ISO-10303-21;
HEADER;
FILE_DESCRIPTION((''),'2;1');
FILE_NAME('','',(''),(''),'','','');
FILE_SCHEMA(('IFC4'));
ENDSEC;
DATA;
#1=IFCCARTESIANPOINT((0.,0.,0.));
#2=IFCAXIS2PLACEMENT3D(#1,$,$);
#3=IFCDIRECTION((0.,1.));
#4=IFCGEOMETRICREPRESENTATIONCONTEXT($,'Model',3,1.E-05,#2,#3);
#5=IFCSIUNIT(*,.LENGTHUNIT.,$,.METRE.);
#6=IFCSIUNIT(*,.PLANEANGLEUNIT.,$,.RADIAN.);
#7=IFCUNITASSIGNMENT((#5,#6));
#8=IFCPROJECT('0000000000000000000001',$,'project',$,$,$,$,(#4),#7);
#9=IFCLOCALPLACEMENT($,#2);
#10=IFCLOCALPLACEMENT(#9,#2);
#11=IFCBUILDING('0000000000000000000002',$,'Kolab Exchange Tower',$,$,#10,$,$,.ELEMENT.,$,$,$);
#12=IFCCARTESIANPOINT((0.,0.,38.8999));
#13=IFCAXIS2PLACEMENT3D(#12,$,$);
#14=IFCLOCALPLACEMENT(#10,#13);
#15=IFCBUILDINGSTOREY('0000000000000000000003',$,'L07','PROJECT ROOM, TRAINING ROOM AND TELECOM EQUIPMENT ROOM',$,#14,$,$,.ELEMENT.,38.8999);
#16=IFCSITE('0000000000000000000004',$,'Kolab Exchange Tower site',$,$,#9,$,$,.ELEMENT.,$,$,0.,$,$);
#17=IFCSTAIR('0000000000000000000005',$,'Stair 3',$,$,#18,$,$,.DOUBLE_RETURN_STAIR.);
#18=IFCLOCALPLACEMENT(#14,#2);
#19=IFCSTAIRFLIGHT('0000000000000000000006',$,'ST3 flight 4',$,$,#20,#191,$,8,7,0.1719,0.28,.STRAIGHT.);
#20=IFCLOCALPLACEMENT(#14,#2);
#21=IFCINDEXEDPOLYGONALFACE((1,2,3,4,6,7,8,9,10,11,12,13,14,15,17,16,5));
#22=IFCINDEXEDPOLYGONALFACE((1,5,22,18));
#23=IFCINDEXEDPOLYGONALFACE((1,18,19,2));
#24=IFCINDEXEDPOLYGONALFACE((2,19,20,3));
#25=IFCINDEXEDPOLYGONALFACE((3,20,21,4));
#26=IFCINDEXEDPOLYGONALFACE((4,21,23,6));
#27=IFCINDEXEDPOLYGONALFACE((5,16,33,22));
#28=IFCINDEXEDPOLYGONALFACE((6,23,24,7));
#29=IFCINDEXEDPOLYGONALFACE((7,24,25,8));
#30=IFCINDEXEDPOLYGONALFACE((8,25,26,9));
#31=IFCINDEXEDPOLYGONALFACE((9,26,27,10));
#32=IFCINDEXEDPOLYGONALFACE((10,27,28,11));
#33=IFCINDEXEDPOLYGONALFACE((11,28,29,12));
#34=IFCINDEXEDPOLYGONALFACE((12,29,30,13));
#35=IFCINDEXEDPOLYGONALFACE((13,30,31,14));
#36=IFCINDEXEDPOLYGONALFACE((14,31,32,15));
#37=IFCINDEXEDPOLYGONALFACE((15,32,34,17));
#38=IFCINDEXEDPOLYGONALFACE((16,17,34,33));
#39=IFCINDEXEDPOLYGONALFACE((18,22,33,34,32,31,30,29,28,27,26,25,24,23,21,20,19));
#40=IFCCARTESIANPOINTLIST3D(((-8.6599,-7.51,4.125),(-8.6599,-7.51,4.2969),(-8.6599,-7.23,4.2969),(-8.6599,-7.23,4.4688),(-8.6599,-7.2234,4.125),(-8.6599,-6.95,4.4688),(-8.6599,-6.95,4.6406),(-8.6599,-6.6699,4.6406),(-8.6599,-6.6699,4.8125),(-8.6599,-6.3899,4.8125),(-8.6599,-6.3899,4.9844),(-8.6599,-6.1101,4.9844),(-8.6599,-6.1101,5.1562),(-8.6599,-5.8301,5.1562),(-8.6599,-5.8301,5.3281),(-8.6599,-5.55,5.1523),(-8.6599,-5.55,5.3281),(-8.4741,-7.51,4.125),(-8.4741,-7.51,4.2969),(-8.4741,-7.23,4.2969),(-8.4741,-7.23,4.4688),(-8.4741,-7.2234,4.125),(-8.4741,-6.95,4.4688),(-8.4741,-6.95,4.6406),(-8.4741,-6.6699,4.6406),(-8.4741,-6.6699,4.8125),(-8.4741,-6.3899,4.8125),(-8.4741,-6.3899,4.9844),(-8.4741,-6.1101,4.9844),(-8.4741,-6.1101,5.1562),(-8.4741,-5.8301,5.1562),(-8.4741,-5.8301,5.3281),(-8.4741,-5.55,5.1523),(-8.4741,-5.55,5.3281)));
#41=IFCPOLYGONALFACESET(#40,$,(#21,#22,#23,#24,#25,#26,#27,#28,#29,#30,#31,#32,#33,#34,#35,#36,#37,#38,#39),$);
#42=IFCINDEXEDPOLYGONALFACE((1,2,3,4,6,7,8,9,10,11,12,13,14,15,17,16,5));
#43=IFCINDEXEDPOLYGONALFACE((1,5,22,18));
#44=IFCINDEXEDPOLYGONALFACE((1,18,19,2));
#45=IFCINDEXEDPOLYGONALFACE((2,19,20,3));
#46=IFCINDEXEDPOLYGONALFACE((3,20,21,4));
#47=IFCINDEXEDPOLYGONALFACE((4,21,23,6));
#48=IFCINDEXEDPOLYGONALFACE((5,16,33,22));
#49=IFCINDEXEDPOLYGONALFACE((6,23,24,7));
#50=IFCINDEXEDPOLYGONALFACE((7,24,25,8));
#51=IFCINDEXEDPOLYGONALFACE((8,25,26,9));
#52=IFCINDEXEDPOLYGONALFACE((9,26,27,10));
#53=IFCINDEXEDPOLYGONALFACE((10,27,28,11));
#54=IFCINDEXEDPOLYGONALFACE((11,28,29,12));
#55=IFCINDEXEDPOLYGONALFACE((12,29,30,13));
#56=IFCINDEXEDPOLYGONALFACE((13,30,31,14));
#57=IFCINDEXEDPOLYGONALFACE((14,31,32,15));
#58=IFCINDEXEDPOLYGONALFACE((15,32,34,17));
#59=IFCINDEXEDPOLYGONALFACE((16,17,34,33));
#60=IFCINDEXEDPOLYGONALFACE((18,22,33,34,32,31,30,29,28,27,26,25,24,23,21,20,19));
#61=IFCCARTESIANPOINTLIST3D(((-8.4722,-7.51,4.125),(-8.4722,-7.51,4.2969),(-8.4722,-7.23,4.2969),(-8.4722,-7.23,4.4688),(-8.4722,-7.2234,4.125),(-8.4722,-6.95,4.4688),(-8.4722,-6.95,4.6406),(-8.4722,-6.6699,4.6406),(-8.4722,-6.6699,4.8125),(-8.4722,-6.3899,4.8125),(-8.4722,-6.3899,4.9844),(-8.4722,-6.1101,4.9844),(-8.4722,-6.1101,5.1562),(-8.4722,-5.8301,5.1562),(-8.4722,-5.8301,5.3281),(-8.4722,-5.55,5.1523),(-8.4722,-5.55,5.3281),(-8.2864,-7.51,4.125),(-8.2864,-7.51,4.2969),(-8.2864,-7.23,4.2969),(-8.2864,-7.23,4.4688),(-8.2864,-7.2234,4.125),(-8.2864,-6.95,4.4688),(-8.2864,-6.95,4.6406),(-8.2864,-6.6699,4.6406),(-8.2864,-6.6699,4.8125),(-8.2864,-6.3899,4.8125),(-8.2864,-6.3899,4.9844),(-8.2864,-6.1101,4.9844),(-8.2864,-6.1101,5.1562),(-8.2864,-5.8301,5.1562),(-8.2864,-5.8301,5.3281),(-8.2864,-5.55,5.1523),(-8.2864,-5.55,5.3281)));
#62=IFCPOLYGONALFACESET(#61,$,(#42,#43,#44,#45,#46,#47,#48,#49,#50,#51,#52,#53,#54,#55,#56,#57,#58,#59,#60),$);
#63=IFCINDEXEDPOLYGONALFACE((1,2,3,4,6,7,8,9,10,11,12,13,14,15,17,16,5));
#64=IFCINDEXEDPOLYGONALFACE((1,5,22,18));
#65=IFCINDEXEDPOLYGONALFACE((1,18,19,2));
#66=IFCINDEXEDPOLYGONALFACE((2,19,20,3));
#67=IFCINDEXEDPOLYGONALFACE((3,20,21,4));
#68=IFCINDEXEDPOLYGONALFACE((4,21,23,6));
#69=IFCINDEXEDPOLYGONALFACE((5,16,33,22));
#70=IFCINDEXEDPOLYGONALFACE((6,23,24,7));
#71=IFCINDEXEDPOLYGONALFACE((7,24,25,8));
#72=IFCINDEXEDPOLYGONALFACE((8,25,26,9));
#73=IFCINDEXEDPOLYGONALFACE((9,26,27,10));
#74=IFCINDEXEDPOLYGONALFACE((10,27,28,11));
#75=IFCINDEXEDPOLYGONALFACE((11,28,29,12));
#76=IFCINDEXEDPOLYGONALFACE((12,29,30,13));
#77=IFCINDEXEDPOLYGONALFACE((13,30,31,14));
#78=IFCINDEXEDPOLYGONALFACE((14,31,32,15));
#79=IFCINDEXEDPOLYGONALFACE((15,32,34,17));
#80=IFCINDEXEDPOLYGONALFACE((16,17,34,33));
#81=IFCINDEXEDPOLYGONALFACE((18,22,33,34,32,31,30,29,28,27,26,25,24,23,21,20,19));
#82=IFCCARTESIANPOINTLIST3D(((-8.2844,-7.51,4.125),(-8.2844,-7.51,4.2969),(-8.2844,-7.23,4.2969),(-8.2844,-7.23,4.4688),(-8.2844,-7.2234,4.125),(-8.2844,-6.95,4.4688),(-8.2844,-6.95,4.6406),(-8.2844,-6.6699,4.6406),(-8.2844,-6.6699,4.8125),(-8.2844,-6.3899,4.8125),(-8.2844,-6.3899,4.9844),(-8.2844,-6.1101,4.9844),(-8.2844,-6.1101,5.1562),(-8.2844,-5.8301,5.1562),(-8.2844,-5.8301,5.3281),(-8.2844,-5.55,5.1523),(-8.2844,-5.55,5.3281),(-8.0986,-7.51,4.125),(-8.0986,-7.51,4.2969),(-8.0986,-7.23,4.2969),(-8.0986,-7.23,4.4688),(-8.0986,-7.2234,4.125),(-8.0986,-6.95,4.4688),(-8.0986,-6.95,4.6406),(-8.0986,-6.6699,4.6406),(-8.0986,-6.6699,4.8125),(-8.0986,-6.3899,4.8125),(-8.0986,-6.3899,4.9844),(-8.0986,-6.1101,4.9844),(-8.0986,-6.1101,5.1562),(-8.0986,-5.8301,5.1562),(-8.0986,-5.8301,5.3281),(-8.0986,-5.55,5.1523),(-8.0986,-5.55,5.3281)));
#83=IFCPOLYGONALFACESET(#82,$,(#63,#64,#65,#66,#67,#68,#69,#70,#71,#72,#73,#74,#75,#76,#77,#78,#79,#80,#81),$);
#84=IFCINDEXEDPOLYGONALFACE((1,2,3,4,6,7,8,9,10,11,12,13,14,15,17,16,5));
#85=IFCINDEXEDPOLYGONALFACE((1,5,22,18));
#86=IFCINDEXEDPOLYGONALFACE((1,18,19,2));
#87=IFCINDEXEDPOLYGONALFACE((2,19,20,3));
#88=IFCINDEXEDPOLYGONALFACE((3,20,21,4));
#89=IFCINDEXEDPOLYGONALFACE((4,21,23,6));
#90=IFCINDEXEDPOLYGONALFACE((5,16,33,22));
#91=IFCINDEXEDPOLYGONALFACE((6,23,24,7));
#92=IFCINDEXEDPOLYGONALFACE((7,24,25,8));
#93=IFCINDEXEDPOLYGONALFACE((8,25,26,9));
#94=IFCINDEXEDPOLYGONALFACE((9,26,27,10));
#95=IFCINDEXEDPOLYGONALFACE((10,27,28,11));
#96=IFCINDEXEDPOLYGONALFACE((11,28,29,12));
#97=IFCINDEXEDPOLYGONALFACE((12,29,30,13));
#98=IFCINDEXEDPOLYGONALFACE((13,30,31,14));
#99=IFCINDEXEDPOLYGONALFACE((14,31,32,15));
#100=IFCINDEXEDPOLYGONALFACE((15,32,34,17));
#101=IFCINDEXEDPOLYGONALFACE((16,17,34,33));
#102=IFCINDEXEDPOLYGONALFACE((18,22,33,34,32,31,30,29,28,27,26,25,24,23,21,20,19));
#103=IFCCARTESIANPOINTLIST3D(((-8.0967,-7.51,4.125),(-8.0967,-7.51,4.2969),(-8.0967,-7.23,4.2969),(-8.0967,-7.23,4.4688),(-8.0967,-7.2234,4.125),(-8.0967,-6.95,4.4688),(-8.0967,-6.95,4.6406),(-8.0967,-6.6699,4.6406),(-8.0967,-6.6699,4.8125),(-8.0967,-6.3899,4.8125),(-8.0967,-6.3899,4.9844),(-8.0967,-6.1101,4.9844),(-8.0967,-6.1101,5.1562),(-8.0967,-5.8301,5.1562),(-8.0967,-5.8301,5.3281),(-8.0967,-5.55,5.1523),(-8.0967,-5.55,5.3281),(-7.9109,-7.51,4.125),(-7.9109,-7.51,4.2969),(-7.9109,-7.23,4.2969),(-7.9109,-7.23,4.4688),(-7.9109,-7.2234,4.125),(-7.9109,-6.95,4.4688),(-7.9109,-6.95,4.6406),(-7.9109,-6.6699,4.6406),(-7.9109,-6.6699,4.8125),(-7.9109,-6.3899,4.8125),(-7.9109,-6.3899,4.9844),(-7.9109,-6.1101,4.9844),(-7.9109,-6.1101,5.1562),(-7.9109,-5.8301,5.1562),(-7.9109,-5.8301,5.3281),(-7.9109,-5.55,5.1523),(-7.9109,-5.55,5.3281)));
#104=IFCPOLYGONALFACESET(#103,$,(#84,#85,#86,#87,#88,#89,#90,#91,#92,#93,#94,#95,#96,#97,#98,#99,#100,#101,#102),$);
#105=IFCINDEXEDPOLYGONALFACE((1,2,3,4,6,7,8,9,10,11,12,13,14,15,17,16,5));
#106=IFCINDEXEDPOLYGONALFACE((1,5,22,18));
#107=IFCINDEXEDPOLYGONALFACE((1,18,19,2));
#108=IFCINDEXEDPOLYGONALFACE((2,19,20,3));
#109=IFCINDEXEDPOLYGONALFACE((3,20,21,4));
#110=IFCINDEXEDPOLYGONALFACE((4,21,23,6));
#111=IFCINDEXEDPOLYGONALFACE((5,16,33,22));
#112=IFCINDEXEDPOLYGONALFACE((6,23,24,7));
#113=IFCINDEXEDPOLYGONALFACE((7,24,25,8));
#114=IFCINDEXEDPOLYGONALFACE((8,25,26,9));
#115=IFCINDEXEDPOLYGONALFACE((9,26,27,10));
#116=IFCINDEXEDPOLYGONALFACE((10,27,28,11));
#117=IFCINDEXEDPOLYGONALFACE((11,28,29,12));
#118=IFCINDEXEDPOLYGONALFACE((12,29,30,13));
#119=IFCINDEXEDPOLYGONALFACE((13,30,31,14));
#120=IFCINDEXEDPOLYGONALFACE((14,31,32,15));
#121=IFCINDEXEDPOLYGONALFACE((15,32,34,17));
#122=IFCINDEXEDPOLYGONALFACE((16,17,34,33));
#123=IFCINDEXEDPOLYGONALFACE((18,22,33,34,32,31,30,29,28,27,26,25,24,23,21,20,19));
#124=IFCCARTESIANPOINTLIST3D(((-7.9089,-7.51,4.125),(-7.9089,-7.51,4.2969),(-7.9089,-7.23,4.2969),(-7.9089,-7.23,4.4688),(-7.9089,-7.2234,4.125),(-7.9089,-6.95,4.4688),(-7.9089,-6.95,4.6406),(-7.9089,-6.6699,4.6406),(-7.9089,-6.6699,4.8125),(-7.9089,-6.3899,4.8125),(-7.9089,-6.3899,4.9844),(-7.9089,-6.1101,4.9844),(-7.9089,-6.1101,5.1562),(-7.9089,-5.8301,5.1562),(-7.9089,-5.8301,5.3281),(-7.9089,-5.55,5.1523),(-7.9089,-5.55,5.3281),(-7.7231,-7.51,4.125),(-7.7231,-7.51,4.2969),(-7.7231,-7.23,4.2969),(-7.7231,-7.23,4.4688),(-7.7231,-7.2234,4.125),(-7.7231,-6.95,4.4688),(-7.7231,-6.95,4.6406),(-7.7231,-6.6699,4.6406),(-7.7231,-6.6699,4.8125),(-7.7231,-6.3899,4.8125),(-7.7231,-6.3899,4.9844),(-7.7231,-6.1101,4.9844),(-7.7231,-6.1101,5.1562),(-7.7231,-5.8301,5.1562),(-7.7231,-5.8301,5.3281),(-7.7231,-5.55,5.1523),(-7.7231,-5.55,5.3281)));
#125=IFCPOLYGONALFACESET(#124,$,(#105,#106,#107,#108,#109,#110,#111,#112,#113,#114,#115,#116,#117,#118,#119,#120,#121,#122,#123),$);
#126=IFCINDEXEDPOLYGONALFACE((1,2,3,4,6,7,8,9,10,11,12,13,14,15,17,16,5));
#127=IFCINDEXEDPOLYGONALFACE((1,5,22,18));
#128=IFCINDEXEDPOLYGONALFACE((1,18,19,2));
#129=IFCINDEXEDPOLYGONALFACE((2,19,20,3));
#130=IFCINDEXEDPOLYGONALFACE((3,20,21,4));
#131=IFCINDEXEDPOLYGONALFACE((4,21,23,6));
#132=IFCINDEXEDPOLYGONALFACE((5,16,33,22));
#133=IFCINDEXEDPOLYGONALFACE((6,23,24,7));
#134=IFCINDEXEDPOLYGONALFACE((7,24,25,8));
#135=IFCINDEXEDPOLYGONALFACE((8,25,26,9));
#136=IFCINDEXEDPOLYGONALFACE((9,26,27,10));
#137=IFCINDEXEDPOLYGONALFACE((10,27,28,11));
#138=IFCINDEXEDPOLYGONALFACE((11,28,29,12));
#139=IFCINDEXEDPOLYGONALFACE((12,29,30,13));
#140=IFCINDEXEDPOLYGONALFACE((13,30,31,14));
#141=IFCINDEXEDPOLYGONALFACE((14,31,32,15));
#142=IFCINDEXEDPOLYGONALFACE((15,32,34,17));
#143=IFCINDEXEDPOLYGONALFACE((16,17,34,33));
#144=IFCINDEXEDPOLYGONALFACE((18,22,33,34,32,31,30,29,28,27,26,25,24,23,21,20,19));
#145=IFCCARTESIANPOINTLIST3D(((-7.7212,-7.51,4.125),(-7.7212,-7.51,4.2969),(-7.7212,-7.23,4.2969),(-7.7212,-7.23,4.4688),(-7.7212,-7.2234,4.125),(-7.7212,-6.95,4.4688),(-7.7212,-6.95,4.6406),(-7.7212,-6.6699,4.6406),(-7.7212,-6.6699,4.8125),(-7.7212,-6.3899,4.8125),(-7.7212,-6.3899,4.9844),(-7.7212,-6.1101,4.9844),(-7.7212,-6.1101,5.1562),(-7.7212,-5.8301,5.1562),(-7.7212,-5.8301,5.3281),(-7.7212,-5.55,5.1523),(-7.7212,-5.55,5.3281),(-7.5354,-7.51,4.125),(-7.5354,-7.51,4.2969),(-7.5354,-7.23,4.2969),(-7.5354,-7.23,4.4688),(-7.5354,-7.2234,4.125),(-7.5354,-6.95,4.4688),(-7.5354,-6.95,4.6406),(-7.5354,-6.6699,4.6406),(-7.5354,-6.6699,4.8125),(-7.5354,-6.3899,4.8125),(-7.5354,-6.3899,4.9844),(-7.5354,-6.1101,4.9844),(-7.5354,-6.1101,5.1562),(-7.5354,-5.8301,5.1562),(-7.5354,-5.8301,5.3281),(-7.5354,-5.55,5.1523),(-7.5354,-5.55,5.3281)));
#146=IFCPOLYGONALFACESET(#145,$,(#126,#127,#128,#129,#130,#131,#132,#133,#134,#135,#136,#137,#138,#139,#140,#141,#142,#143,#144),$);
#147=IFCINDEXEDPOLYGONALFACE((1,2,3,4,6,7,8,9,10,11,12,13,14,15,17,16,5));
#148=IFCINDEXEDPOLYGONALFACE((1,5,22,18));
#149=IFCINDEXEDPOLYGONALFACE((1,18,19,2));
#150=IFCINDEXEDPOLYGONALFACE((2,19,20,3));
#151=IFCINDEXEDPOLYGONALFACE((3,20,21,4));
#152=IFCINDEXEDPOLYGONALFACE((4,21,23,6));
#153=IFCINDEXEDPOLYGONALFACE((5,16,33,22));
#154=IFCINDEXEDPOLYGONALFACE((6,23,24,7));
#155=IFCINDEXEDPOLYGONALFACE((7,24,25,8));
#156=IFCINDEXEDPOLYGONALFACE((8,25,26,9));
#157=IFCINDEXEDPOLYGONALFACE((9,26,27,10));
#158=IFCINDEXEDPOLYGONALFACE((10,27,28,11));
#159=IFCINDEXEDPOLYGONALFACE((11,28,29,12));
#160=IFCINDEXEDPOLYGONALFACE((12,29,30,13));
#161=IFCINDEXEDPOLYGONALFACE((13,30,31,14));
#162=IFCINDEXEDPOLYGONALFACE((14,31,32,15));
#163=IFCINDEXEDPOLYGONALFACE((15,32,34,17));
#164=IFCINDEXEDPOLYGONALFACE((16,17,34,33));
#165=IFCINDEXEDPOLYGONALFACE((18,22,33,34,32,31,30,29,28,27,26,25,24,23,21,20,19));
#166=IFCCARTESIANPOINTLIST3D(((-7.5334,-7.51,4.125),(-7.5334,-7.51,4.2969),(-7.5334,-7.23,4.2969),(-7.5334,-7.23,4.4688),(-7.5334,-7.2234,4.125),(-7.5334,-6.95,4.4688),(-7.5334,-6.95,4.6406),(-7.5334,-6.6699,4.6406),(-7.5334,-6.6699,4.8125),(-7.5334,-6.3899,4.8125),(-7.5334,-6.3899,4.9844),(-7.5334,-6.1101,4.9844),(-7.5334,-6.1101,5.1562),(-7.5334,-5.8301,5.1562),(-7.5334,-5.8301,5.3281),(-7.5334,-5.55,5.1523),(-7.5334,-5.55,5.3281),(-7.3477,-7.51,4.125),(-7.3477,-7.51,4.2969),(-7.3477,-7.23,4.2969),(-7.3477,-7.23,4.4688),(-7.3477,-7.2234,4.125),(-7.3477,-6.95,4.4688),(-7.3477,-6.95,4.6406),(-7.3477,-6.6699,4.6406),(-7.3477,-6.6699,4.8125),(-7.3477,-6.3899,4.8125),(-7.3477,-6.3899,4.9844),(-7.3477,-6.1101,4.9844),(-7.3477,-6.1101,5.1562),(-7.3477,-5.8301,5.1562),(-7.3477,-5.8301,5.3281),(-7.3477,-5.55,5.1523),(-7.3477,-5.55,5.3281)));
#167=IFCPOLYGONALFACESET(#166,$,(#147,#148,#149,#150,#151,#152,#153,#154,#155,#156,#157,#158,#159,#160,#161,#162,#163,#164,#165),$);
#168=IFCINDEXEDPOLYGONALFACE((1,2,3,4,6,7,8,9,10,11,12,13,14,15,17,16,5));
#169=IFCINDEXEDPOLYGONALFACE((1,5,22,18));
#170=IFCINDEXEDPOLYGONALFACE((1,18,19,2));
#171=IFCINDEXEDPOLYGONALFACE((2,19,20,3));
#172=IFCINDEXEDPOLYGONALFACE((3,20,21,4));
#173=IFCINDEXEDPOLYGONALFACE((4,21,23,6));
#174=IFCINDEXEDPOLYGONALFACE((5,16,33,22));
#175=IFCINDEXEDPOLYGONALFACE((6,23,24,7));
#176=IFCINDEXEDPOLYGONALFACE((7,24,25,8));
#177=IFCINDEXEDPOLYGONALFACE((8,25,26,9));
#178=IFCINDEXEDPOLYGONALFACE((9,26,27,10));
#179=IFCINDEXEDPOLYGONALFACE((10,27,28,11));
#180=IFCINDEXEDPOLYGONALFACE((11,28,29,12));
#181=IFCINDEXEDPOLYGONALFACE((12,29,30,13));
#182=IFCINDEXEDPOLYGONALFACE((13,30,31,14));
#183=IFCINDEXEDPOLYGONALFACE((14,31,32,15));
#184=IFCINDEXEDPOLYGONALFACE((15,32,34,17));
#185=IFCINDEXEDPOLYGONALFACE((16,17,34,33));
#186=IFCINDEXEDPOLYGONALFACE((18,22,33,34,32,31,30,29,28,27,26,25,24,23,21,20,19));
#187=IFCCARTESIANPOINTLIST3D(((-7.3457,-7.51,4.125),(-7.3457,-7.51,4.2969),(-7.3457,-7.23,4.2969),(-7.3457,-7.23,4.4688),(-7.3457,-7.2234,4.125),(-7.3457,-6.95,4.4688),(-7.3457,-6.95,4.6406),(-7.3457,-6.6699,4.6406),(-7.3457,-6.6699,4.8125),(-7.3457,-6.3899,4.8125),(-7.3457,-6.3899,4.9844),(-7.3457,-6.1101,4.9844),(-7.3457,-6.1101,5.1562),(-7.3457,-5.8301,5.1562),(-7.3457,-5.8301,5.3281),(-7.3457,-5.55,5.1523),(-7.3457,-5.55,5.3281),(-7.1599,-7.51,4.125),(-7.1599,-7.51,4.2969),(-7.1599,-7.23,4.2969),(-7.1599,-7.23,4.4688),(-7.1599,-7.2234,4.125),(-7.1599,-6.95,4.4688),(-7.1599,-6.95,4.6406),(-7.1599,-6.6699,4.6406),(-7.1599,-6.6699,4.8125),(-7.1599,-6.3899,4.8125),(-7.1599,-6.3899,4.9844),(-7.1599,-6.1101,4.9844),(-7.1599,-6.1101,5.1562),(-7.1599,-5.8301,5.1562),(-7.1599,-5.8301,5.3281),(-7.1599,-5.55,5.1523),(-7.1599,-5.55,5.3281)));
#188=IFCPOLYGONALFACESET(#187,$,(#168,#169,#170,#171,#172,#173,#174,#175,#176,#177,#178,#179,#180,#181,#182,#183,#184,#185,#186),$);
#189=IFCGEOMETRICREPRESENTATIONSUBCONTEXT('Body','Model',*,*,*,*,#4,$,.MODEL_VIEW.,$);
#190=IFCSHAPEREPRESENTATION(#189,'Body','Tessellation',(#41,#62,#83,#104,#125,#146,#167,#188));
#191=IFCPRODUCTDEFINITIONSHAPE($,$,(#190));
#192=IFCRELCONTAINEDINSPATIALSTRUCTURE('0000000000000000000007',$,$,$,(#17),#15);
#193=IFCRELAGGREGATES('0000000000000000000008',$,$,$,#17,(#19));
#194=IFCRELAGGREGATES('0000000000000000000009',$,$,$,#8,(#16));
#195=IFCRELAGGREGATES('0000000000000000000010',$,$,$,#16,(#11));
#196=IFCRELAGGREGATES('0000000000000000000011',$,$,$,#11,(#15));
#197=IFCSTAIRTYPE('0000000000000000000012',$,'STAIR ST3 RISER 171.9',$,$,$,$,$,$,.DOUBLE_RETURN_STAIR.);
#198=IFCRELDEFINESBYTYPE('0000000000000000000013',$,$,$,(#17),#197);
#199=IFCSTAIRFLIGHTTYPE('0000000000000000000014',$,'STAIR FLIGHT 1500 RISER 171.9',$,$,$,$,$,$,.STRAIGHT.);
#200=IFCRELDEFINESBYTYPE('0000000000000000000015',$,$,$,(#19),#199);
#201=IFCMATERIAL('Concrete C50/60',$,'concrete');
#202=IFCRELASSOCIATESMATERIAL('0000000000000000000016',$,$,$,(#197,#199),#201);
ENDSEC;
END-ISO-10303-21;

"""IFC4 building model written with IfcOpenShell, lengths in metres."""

from ifc_helpers import new_model, si_unit, direction, frame, origin, place, context, subcontext, project, spatial, polyline, outline, extrude, material, type_object, element, aggregate, save


model = new_model("IFC4")

# Units and contexts
model_context = context("Model", 3, precision=1e-05, world=origin(), true_north=direction((0.0, 1.0)))
body_context = subcontext(model_context, "Body", "Model", "MODEL_VIEW")
ifc_project = project(units=[si_unit("LENGTHUNIT", "METRE"), si_unit("PLANEANGLEUNIT", "RADIAN")], contexts=[model_context])

# Site, building, storey
site_placement = place(None, origin())
site = spatial("IfcSite", under=ifc_project, at=site_placement, Name="Kolab Exchange Tower site", CompositionType="ELEMENT", RefElevation=0.0)
building_placement = place(site_placement, origin())
building = spatial("IfcBuilding", under=site, at=building_placement, Name="Kolab Exchange Tower", CompositionType="ELEMENT")
storey_placement = place(building_placement, frame((0.0, 0.0, 38.8999)))
storey = spatial("IfcBuildingStorey", under=building, at=storey_placement, Name="L07", Description="PROJECT ROOM, TRAINING ROOM AND TELECOM EQUIPMENT ROOM", CompositionType="ELEMENT", Elevation=38.8999)

# Shared definitions
ifc_material_1 = material(Name="Concrete C50/60", Category="concrete")

# Stair, stair flight
stair_type = type_object("IfcStairType", Name="STAIR ST3 RISER 171.9", PredefinedType="DOUBLE_RETURN_STAIR", material=ifc_material_1)
stair_placement = place(storey_placement, origin())
stair = element("IfcStair", 1, at=stair_placement, inside=storey, type_object=stair_type, Name="Stair 3", PredefinedType="DOUBLE_RETURN_STAIR")
stair_flight_type = type_object("IfcStairFlightType", Name="STAIR FLIGHT 1500 RISER 171.9", PredefinedType="STRAIGHT", material=ifc_material_1)
stair_flight_1_placement = place(storey_placement, frame((-7.9099, -7.51, 4.125), z_axis=(0.0, 0.0, 1.0), x_axis=(0.0, 1.0, 0.0)))
stair_flight_1 = element("IfcStairFlight", 2, at=stair_flight_1_placement, type_object=stair_flight_type, Name="ST3 flight 4", NumberOfRisers=8, NumberOfTreads=7, PredefinedType="STRAIGHT", RiserHeight=0.1719, TreadLength=0.28, context=body_context, shape_type="SweptSolid", body=[
    extrude(outline(polyline([(0.0, 0.0), (0.0, 0.1719), (0.28, 0.1719), (0.28, 0.3438), (0.5601, 0.3438), (0.5601, 0.5156), (0.8401, 0.5156), (0.8401, 0.6875), (1.1201, 0.6875), (1.1201, 0.8594), (1.3999, 0.8594), (1.3999, 1.0312), (1.6799, 1.0312), (1.6799, 1.2031), (1.96, 1.2031), (1.96, 1.375), (1.96, 1.0273), (0.2866, 0.0), (0.0, 0.0)])), frame((0.0, 0.75, 0.0), z_axis=(0.0, -1.0, 0.0), x_axis=(1.0, 0.0, 0.0)), (0.0, 0.0, 1.0), 0.1858),
    extrude(outline(polyline([(0.0, 0.0), (0.0, 0.1719), (0.28, 0.1719), (0.28, 0.3438), (0.5601, 0.3438), (0.5601, 0.5156), (0.8401, 0.5156), (0.8401, 0.6875), (1.1201, 0.6875), (1.1201, 0.8594), (1.3999, 0.8594), (1.3999, 1.0312), (1.6799, 1.0312), (1.6799, 1.2031), (1.96, 1.2031), (1.96, 1.375), (1.96, 1.0273), (0.2866, 0.0), (0.0, 0.0)])), frame((0.0, 0.5623, 0.0), z_axis=(0.0, -1.0, 0.0), x_axis=(1.0, 0.0, 0.0)), (0.0, 0.0, 1.0), 0.1858),
    extrude(outline(polyline([(0.0, 0.0), (0.0, 0.1719), (0.28, 0.1719), (0.28, 0.3438), (0.5601, 0.3438), (0.5601, 0.5156), (0.8401, 0.5156), (0.8401, 0.6875), (1.1201, 0.6875), (1.1201, 0.8594), (1.3999, 0.8594), (1.3999, 1.0312), (1.6799, 1.0312), (1.6799, 1.2031), (1.96, 1.2031), (1.96, 1.375), (1.96, 1.0273), (0.2866, 0.0), (0.0, 0.0)])), frame((0.0, 0.3745, 0.0), z_axis=(0.0, -1.0, 0.0), x_axis=(1.0, 0.0, 0.0)), (0.0, 0.0, 1.0), 0.1858),
    extrude(outline(polyline([(0.0, 0.0), (0.0, 0.1719), (0.28, 0.1719), (0.28, 0.3438), (0.5601, 0.3438), (0.5601, 0.5156), (0.8401, 0.5156), (0.8401, 0.6875), (1.1201, 0.6875), (1.1201, 0.8594), (1.3999, 0.8594), (1.3999, 1.0312), (1.6799, 1.0312), (1.6799, 1.2031), (1.96, 1.2031), (1.96, 1.375), (1.96, 1.0273), (0.2866, 0.0), (0.0, 0.0)])), frame((0.0, 0.1868, 0.0), z_axis=(0.0, -1.0, 0.0), x_axis=(1.0, 0.0, 0.0)), (0.0, 0.0, 1.0), 0.1858),
    extrude(outline(polyline([(0.0, 0.0), (0.0, 0.1719), (0.28, 0.1719), (0.28, 0.3438), (0.5601, 0.3438), (0.5601, 0.5156), (0.8401, 0.5156), (0.8401, 0.6875), (1.1201, 0.6875), (1.1201, 0.8594), (1.3999, 0.8594), (1.3999, 1.0312), (1.6799, 1.0312), (1.6799, 1.2031), (1.96, 1.2031), (1.96, 1.375), (1.96, 1.0273), (0.2866, 0.0), (0.0, 0.0)])), frame((0.0, -0.001, 0.0), z_axis=(0.0, -1.0, 0.0), x_axis=(1.0, 0.0, 0.0)), (0.0, 0.0, 1.0), 0.1858),
    extrude(outline(polyline([(0.0, 0.0), (0.0, 0.1719), (0.28, 0.1719), (0.28, 0.3438), (0.5601, 0.3438), (0.5601, 0.5156), (0.8401, 0.5156), (0.8401, 0.6875), (1.1201, 0.6875), (1.1201, 0.8594), (1.3999, 0.8594), (1.3999, 1.0312), (1.6799, 1.0312), (1.6799, 1.2031), (1.96, 1.2031), (1.96, 1.375), (1.96, 1.0273), (0.2866, 0.0), (0.0, 0.0)])), frame((0.0, -0.1887, 0.0), z_axis=(0.0, -1.0, 0.0), x_axis=(1.0, 0.0, 0.0)), (0.0, 0.0, 1.0), 0.1858),
    extrude(outline(polyline([(0.0, 0.0), (0.0, 0.1719), (0.28, 0.1719), (0.28, 0.3438), (0.5601, 0.3438), (0.5601, 0.5156), (0.8401, 0.5156), (0.8401, 0.6875), (1.1201, 0.6875), (1.1201, 0.8594), (1.3999, 0.8594), (1.3999, 1.0312), (1.6799, 1.0312), (1.6799, 1.2031), (1.96, 1.2031), (1.96, 1.375), (1.96, 1.0273), (0.2866, 0.0), (0.0, 0.0)])), frame((0.0, -0.3765, 0.0), z_axis=(0.0, -1.0, 0.0), x_axis=(1.0, 0.0, 0.0)), (0.0, 0.0, 1.0), 0.1858),
    extrude(outline(polyline([(0.0, 0.0), (0.0, 0.1719), (0.28, 0.1719), (0.28, 0.3438), (0.5601, 0.3438), (0.5601, 0.5156), (0.8401, 0.5156), (0.8401, 0.6875), (1.1201, 0.6875), (1.1201, 0.8594), (1.3999, 0.8594), (1.3999, 1.0312), (1.6799, 1.0312), (1.6799, 1.2031), (1.96, 1.2031), (1.96, 1.375), (1.96, 1.0273), (0.2866, 0.0), (0.0, 0.0)])), frame((0.0, -0.5642, 0.0), z_axis=(0.0, -1.0, 0.0), x_axis=(1.0, 0.0, 0.0)), (0.0, 0.0, 1.0), 0.1858),
])
aggregate(stair, [stair_flight_1])

save(model, "model.ifc")
